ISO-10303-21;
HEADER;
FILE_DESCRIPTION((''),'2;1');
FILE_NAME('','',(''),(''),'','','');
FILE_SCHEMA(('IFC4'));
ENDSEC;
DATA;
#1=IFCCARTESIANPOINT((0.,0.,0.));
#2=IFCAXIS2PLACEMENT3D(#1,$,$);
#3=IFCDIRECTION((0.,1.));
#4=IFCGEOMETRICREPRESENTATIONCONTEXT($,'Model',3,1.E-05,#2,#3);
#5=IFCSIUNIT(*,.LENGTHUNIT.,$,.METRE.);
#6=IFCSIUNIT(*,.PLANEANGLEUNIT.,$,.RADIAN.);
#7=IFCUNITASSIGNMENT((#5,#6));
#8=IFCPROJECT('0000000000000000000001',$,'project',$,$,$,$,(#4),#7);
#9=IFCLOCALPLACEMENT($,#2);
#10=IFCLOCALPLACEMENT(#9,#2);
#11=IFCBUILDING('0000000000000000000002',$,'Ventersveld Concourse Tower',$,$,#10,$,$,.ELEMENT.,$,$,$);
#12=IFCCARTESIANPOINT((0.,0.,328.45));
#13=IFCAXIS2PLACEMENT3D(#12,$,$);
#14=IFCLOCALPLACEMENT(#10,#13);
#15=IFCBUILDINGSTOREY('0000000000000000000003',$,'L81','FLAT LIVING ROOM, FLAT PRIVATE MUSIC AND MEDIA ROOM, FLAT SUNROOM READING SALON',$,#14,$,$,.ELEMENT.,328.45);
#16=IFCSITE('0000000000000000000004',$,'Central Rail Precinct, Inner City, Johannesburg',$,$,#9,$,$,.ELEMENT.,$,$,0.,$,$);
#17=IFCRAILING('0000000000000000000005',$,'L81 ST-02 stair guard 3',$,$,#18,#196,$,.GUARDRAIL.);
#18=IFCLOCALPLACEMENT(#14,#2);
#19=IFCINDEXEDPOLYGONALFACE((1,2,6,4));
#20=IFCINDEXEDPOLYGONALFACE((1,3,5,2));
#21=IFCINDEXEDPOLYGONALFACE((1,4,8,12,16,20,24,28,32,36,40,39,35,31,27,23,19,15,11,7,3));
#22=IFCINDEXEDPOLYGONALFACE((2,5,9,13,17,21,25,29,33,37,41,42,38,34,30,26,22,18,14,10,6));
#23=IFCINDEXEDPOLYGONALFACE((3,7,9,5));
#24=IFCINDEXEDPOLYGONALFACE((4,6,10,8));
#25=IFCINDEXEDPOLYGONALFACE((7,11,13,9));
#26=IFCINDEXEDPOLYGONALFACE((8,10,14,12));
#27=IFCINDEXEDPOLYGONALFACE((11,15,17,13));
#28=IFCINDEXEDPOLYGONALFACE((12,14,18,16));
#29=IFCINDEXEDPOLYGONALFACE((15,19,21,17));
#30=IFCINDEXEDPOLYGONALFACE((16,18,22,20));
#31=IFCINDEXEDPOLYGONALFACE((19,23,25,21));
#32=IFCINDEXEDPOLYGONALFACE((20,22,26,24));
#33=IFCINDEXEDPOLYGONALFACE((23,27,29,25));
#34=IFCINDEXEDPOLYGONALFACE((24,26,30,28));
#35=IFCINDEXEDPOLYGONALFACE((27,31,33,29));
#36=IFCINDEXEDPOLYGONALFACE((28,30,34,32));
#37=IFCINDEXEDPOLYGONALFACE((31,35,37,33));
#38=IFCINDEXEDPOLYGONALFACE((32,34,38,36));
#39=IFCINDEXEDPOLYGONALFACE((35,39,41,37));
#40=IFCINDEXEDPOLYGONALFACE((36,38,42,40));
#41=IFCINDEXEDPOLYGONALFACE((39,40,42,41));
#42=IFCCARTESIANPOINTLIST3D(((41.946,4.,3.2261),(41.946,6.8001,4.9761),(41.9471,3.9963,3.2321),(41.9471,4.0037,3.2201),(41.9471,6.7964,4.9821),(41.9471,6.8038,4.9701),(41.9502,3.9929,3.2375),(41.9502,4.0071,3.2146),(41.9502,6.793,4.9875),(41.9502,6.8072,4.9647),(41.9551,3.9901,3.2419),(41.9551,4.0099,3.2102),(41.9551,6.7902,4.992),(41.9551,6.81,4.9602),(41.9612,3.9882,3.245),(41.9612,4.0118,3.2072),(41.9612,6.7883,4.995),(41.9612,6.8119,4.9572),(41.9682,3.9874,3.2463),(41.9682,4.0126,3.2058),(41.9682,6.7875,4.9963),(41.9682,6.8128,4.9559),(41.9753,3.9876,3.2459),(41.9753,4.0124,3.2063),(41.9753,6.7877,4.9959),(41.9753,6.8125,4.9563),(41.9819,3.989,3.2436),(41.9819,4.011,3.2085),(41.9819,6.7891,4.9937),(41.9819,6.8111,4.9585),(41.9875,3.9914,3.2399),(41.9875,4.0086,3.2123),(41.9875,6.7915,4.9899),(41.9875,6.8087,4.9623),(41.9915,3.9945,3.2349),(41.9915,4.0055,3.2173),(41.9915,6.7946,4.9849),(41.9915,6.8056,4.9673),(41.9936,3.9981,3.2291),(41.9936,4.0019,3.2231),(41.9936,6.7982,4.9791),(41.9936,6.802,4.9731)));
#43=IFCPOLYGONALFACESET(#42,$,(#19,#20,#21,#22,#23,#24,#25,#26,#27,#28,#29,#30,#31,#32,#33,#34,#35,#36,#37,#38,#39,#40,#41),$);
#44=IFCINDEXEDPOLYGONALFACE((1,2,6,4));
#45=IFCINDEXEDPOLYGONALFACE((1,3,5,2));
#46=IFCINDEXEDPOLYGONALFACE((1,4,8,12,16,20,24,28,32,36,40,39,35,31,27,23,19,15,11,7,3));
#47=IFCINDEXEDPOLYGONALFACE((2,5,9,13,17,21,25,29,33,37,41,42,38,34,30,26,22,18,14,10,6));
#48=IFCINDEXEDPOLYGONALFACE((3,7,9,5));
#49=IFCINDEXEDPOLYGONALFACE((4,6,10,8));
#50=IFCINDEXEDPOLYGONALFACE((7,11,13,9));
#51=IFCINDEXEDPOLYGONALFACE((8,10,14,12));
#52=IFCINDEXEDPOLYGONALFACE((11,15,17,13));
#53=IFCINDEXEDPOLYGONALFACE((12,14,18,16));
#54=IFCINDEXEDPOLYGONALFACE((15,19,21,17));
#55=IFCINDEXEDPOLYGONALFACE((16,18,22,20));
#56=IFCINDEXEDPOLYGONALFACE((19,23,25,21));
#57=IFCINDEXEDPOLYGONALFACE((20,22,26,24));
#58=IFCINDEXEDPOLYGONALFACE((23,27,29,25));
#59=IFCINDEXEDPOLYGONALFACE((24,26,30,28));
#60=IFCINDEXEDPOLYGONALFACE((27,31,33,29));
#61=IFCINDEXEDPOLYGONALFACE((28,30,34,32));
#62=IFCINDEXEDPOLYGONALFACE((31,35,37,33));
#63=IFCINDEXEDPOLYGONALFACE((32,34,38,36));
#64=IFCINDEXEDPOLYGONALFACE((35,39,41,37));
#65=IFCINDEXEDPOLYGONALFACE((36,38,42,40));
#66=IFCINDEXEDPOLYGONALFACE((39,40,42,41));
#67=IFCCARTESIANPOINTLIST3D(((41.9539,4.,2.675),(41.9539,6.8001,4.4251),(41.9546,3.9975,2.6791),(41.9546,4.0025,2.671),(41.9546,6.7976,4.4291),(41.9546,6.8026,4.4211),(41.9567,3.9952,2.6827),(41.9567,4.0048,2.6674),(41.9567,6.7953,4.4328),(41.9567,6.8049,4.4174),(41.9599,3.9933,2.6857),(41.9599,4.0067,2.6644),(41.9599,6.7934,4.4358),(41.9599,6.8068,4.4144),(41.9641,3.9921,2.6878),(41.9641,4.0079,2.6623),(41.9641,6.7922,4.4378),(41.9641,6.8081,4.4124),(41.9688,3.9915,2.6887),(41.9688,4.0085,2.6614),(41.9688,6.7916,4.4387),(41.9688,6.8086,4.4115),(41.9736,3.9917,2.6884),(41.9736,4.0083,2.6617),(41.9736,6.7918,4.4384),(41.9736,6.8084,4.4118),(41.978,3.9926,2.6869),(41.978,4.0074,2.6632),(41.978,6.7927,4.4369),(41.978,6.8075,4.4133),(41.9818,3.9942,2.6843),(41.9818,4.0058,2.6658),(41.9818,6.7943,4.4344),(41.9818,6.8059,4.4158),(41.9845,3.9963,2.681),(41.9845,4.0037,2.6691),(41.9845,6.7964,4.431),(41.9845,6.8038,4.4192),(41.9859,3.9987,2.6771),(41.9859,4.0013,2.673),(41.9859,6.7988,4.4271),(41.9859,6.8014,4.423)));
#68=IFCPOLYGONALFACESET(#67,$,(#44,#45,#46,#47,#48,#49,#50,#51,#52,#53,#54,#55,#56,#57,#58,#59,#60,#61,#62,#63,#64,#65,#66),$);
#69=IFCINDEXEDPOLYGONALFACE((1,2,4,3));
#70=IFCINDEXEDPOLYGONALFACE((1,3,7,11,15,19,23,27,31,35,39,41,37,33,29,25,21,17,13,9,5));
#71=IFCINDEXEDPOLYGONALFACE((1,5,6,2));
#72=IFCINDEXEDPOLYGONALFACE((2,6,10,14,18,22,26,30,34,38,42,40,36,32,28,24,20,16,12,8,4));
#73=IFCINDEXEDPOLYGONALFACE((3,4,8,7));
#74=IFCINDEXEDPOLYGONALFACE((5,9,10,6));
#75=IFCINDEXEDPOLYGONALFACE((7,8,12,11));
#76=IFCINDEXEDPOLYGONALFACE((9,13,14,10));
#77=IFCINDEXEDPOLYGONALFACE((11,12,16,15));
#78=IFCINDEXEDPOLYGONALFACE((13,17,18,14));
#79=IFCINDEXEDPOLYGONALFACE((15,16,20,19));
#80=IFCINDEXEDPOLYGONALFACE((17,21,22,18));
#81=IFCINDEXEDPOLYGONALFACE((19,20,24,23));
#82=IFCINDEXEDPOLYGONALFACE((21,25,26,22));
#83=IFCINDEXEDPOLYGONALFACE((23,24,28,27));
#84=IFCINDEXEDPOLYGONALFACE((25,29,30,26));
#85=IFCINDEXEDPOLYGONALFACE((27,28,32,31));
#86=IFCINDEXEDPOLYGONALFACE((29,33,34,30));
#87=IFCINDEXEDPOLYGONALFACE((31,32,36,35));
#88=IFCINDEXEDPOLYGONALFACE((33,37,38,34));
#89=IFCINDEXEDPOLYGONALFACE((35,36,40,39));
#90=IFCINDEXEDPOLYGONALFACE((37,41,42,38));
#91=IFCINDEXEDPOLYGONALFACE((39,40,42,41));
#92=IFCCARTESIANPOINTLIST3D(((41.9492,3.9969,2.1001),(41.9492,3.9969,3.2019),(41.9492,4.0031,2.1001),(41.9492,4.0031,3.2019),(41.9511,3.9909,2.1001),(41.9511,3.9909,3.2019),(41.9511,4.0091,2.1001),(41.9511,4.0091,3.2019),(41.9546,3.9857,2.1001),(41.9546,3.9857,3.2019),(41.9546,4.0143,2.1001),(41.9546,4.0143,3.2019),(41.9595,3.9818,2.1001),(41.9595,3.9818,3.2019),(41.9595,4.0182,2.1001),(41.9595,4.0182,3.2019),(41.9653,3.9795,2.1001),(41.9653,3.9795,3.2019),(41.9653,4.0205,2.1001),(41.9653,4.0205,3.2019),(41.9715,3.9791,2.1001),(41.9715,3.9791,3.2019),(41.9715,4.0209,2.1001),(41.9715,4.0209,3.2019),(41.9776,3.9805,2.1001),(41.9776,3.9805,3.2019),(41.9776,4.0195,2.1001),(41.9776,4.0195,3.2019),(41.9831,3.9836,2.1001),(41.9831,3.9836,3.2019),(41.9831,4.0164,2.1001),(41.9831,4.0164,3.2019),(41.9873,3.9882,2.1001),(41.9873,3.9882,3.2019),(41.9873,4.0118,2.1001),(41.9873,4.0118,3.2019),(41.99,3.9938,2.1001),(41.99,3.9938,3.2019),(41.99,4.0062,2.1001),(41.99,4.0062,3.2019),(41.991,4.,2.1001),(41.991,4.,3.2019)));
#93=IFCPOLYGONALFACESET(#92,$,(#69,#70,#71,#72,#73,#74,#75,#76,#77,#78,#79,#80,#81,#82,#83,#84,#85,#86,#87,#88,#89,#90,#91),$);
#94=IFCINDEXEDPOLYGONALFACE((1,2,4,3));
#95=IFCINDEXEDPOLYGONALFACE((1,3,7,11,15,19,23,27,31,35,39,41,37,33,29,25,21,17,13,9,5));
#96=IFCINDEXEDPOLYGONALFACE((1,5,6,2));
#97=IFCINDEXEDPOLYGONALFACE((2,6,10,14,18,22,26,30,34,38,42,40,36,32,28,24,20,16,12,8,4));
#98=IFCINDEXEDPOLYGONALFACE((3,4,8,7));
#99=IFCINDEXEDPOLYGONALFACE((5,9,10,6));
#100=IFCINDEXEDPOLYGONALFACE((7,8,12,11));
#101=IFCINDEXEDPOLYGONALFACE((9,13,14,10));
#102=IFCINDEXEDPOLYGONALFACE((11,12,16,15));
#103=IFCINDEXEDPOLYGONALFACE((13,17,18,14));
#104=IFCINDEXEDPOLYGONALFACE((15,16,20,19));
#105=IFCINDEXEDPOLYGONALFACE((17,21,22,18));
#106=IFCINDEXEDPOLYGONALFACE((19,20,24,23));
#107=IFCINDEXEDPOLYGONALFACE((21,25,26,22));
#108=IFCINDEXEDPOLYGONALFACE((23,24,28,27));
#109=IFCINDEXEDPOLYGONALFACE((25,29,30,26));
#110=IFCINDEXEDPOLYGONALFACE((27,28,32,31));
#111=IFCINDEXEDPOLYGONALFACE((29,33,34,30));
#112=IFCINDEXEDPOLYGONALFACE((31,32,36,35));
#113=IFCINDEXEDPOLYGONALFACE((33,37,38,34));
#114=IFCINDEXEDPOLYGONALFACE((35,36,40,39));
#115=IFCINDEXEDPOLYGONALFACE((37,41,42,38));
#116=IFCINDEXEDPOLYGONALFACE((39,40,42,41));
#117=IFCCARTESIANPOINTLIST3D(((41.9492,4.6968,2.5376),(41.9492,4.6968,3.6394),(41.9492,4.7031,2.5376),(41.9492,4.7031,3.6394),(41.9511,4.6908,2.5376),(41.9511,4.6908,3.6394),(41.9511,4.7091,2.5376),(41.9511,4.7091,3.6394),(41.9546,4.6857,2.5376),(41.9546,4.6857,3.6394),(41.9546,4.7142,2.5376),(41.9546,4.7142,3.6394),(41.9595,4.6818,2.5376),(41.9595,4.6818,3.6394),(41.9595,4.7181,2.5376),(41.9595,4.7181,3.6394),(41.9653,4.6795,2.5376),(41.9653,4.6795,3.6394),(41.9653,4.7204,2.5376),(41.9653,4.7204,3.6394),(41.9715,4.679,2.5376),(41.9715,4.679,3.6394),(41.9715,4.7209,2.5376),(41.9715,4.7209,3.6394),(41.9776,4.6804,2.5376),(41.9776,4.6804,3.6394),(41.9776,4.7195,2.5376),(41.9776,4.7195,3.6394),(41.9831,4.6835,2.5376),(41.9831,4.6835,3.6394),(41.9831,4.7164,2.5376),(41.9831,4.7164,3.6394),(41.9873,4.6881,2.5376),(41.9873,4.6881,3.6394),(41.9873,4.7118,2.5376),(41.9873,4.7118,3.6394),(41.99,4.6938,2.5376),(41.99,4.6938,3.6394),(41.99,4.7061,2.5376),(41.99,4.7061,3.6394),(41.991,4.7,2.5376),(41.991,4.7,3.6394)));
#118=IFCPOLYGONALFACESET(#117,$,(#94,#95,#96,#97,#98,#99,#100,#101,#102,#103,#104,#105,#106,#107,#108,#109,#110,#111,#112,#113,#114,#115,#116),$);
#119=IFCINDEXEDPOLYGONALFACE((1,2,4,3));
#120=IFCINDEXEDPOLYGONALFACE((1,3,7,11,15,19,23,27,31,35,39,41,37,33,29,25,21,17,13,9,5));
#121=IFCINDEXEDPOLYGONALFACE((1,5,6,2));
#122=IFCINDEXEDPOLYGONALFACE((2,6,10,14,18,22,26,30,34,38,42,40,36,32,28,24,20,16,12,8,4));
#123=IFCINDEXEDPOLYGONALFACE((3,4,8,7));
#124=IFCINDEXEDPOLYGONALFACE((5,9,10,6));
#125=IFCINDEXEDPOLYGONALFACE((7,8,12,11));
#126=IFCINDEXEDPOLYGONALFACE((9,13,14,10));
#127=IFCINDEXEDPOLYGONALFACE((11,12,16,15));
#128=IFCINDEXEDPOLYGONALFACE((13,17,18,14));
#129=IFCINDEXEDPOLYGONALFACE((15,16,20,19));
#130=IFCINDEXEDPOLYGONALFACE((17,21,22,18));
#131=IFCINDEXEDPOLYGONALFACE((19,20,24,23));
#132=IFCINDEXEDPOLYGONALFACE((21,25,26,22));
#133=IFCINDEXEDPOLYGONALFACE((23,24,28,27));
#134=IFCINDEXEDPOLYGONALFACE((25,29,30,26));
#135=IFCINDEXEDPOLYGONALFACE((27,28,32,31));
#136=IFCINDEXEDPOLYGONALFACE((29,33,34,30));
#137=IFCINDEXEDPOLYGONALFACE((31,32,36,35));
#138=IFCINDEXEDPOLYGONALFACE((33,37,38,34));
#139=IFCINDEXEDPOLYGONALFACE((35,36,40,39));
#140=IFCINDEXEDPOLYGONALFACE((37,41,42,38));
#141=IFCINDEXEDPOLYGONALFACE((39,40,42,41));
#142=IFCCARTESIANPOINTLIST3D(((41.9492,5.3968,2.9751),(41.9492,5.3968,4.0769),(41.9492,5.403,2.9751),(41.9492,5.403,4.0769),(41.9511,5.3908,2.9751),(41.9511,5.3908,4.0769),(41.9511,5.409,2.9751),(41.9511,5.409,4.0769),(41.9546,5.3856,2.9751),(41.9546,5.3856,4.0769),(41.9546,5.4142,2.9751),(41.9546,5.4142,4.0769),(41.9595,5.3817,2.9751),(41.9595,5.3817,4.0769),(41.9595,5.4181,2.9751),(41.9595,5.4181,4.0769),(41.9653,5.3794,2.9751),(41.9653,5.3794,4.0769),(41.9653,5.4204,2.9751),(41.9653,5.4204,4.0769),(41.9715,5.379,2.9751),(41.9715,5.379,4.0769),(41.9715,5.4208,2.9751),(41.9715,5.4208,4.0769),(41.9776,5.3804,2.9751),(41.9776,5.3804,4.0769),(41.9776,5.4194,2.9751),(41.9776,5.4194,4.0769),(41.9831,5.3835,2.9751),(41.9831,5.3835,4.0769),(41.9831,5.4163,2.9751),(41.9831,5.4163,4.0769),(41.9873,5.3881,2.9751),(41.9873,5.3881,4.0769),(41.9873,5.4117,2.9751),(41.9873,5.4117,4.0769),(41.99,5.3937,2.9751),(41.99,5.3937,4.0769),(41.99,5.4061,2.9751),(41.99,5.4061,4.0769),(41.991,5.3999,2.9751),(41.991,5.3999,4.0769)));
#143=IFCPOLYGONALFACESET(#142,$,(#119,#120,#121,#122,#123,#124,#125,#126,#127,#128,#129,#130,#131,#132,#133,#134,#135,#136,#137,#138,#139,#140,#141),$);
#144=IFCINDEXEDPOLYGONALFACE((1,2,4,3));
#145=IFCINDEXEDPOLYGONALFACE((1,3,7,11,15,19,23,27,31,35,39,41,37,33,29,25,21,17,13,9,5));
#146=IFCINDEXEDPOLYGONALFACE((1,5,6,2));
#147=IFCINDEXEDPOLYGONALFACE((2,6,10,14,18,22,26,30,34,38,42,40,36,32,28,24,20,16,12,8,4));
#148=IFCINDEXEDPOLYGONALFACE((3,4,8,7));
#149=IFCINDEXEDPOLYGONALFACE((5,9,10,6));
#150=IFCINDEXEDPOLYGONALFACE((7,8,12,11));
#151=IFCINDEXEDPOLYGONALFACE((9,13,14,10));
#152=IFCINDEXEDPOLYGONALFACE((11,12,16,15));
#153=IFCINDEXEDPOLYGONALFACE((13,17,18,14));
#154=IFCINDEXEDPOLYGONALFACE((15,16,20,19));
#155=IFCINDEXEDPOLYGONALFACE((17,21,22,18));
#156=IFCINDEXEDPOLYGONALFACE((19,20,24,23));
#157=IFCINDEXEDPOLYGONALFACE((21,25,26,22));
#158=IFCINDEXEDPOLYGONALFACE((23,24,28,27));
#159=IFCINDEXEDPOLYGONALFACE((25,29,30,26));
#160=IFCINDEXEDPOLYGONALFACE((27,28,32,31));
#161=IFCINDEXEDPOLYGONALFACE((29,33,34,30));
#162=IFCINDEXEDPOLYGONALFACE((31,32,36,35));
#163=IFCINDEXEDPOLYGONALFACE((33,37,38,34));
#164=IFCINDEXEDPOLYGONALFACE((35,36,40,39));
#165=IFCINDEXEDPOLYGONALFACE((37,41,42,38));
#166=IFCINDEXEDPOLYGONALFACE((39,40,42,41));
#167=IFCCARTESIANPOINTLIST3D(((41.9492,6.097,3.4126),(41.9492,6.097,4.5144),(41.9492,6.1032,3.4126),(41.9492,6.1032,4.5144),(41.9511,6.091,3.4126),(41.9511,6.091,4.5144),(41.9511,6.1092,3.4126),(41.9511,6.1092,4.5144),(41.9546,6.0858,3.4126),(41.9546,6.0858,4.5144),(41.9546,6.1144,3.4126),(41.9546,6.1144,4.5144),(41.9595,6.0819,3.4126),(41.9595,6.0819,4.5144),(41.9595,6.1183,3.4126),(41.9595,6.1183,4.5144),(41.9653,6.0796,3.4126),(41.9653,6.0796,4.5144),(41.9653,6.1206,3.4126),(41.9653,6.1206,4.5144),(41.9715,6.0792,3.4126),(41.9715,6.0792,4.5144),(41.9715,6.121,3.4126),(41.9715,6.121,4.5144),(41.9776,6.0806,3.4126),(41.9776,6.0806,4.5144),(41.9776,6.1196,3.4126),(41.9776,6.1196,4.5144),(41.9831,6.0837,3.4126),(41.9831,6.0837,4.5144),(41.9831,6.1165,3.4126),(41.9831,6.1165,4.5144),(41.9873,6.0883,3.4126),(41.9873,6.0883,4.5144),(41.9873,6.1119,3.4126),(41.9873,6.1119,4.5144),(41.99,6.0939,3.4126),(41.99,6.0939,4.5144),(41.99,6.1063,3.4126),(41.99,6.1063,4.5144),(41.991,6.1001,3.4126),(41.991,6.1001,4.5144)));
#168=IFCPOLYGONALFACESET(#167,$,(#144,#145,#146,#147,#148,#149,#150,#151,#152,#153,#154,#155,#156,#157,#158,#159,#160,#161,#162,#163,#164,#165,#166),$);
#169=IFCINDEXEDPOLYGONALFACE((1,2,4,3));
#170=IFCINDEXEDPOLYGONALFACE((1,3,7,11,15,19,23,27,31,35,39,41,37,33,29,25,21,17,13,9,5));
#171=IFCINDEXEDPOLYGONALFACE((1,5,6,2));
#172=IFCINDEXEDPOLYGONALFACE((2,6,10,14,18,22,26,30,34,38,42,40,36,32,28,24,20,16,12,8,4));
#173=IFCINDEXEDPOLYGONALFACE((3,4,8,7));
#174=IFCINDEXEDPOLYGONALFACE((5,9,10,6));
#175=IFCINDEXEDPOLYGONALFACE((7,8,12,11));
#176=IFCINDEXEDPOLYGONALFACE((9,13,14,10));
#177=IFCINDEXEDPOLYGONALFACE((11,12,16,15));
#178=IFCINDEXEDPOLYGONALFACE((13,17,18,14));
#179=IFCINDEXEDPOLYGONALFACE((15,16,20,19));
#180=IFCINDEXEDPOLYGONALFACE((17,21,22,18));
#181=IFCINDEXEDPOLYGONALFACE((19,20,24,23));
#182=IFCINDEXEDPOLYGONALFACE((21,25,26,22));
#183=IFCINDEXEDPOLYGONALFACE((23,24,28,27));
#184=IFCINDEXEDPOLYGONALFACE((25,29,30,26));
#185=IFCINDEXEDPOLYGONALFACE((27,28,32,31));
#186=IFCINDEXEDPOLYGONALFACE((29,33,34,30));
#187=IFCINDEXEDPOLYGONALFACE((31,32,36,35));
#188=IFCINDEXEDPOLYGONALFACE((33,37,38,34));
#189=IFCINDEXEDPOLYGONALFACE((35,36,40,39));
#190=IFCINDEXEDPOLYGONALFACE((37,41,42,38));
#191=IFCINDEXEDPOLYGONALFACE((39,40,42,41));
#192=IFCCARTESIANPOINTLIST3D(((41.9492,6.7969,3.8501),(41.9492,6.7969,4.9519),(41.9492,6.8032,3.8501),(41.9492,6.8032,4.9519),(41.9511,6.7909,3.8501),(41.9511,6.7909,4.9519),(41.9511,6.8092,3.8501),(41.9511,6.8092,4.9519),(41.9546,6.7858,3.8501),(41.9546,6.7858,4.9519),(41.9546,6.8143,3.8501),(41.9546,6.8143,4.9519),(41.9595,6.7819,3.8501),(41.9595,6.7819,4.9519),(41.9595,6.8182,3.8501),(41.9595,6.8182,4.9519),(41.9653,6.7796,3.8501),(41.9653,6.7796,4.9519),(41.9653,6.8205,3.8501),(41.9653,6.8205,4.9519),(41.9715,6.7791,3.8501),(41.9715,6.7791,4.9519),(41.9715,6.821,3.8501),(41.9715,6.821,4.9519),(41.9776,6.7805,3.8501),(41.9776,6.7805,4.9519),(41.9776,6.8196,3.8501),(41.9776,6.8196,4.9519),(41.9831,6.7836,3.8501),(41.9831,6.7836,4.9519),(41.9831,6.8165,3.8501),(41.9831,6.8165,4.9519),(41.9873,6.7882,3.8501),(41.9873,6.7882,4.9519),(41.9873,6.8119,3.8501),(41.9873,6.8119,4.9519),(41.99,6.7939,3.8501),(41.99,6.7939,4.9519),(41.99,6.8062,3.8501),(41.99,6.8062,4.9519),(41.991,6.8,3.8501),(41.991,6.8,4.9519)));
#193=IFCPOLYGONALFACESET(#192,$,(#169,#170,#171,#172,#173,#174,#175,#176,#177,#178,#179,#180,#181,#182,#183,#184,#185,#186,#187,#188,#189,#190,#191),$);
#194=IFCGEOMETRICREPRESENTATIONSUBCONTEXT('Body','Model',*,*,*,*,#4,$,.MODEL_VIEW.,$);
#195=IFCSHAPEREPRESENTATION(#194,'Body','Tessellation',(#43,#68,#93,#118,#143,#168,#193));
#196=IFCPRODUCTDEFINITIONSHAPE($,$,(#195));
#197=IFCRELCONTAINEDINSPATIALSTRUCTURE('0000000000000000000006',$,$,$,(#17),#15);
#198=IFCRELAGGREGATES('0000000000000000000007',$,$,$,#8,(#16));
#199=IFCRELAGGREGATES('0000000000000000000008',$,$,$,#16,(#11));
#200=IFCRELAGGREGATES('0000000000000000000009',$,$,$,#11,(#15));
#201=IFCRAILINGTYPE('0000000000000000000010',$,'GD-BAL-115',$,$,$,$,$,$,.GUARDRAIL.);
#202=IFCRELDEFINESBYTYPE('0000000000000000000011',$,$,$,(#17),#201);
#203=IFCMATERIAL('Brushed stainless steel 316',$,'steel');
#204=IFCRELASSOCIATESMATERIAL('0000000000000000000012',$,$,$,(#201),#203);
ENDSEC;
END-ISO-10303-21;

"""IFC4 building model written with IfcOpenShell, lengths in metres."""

from ifc_helpers import new_model, si_unit, direction, frame, origin, origin_2d, place, context, subcontext, project, spatial, circle, extrude, material, type_object, element, save


model = new_model("IFC4")

# Units and contexts
model_context = context("Model", 3, precision=1e-05, world=origin(), true_north=direction((0.0, 1.0)))
body_context = subcontext(model_context, "Body", "Model", "MODEL_VIEW")
ifc_project = project(units=[si_unit("LENGTHUNIT", "METRE"), si_unit("PLANEANGLEUNIT", "RADIAN")], contexts=[model_context])

# Site, building, storey
site_placement = place(None, origin())
site = spatial("IfcSite", under=ifc_project, at=site_placement, Name="Central Rail Precinct, Inner City, Johannesburg", CompositionType="ELEMENT", RefElevation=0.0)
building_placement = place(site_placement, origin())
building = spatial("IfcBuilding", under=site, at=building_placement, Name="Ventersveld Concourse Tower", CompositionType="ELEMENT")
storey_placement = place(building_placement, frame((0.0, 0.0, 328.45)))
storey = spatial("IfcBuildingStorey", under=building, at=storey_placement, Name="L81", Description="FLAT LIVING ROOM, FLAT PRIVATE MUSIC AND MEDIA ROOM, FLAT SUNROOM READING SALON", CompositionType="ELEMENT", Elevation=328.45)

# Railing
ifc_material_1 = material(Name="Brushed stainless steel 316", Category="steel")
railing_type = type_object("IfcRailingType", Name="GD-BAL-115", PredefinedType="GUARDRAIL", material=ifc_material_1)
railing_1_placement = place(storey_placement, frame((41.97, 4.0, 2.1001)))
element("IfcRailing", 1, at=railing_1_placement, inside=storey, type_object=railing_type, Name="L81 ST-02 stair guard 3", PredefinedType="GUARDRAIL", context=body_context, shape_type="SweptSolid", body=[
    extrude(circle(Radius=0.0239, at=origin_2d()), frame((0.0, 0.0, 1.126), z_axis=(0.0, 0.848002, 0.529992), x_axis=(-1.0, 0.0, 0.0)), (0.0, 0.0, 1.0), 3.302),
    extrude(circle(Radius=0.0161, at=origin_2d()), frame((0.0, 0.0, 0.575), z_axis=(0.0, 0.848002, 0.529992), x_axis=(-1.0, 0.0, 0.0)), (0.0, 0.0, 1.0), 3.302),
    extrude(circle(Radius=0.021, at=origin_2d()), origin(), (0.0, 0.0, 1.0), 1.1018),
    extrude(circle(Radius=0.021, at=origin_2d()), frame((0.0, 0.7, 0.4375)), (0.0, 0.0, 1.0), 1.1018),
    extrude(circle(Radius=0.021, at=origin_2d()), frame((0.0, 1.3999, 0.875)), (0.0, 0.0, 1.0), 1.1018),
    extrude(circle(Radius=0.021, at=origin_2d()), frame((0.0, 2.1001, 1.3125)), (0.0, 0.0, 1.0), 1.1018),
    extrude(circle(Radius=0.021, at=origin_2d()), frame((0.0, 2.8, 1.75)), (0.0, 0.0, 1.0), 1.1018),
])

save(model, "model.ifc")
